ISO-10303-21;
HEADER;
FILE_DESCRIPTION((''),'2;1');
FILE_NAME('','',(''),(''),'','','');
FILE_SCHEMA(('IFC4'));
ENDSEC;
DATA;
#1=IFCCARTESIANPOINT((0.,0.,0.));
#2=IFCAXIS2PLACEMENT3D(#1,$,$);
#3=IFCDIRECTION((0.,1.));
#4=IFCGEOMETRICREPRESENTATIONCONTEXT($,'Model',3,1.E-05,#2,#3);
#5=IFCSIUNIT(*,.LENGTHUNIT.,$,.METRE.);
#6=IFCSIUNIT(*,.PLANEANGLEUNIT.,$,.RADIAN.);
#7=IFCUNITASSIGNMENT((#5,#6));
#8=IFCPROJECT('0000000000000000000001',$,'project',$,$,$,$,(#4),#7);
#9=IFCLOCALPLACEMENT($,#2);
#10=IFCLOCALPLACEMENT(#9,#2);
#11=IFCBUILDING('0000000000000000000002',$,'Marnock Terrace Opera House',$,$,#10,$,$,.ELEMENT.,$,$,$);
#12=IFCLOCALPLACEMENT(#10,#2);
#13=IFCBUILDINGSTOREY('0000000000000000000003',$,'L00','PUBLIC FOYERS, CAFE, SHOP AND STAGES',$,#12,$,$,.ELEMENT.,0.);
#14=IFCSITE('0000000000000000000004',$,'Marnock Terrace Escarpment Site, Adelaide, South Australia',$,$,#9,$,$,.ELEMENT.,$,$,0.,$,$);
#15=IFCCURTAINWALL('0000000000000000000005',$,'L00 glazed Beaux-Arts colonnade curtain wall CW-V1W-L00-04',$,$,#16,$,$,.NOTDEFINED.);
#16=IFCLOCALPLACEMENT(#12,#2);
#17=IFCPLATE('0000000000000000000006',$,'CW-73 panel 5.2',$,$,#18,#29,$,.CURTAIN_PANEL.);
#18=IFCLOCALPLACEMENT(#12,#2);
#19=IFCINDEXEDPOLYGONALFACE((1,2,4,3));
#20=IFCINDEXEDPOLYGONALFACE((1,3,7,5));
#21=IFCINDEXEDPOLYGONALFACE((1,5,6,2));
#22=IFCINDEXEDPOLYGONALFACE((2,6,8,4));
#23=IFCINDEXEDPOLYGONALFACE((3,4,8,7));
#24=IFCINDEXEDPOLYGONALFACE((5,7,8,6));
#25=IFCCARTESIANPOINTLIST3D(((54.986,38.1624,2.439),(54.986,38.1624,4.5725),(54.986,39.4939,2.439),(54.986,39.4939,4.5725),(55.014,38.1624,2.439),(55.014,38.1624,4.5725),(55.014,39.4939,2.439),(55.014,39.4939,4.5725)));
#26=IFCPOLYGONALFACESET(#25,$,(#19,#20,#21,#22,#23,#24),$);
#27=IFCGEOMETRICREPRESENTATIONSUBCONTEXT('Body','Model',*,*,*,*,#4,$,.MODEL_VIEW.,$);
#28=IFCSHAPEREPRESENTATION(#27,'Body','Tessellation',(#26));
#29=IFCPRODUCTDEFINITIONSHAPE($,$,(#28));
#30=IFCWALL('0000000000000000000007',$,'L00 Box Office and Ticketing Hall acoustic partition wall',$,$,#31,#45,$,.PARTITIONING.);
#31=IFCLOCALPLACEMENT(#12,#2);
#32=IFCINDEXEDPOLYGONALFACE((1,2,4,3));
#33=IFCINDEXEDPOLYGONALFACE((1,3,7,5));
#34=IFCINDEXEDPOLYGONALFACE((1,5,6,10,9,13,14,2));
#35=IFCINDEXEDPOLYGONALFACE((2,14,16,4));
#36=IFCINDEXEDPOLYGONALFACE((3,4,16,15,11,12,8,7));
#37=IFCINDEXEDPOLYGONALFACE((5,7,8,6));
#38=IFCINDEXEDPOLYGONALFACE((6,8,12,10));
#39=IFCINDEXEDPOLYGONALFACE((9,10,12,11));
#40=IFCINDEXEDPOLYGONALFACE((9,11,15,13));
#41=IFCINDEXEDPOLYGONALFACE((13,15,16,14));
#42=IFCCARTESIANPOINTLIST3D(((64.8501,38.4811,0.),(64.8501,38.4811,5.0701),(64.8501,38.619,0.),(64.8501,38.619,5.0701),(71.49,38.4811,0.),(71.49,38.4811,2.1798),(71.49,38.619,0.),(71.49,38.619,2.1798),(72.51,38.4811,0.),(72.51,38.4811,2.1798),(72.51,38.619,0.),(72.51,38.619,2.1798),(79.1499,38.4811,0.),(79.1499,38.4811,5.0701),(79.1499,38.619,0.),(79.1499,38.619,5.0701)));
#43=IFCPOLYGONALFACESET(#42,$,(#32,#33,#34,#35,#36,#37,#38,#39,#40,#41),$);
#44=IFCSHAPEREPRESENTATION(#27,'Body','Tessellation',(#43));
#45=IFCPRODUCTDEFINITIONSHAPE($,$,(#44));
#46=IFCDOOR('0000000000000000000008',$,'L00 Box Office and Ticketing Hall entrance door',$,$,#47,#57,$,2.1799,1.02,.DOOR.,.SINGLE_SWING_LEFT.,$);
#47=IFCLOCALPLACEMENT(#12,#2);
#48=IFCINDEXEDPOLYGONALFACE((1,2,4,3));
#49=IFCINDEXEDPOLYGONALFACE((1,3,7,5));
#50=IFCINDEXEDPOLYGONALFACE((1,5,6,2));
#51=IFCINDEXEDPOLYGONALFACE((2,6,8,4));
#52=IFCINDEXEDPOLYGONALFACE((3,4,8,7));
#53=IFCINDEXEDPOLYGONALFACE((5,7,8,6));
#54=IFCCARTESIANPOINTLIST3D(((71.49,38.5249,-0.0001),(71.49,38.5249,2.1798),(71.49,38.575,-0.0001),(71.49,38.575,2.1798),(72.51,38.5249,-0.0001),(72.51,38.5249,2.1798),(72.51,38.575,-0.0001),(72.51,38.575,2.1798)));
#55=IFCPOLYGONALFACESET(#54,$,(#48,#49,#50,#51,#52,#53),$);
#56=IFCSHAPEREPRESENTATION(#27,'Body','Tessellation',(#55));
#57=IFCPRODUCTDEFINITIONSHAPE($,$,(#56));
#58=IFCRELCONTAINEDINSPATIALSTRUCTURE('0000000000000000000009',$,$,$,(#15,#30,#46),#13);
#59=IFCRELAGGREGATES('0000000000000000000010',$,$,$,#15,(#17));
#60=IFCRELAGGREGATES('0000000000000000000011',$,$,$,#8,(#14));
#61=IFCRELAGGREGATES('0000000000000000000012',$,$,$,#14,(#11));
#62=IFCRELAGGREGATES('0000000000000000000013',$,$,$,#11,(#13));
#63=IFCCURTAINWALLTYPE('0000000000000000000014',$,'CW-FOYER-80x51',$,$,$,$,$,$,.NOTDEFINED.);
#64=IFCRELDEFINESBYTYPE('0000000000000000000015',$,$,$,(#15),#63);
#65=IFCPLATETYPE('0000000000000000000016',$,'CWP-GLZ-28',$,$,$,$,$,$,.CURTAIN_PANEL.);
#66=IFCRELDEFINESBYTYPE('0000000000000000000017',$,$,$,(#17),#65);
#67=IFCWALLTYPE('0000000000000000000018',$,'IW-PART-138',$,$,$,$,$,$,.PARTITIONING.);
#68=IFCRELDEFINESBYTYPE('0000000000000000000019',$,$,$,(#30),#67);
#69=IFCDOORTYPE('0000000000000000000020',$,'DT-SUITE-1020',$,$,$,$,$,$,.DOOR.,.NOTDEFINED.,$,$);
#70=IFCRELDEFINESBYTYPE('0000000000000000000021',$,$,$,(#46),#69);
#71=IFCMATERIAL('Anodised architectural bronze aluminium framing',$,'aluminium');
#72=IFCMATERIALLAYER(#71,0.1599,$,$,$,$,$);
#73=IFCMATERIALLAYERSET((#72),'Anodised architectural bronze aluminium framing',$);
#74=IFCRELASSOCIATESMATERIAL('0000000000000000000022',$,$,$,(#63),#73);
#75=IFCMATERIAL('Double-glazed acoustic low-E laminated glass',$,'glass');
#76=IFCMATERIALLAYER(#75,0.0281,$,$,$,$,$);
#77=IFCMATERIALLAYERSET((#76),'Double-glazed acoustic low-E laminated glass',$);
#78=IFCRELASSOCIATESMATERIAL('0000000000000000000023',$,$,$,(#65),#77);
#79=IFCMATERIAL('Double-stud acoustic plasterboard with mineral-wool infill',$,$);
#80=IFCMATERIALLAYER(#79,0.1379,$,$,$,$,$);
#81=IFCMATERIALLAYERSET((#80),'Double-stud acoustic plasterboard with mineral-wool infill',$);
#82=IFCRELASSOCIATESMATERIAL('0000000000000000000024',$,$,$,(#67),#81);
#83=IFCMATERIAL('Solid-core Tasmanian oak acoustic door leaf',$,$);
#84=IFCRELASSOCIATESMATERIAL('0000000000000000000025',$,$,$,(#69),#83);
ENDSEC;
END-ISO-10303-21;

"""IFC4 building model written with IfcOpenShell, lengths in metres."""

from ifc_helpers import new_model, si_unit, direction, frame, frame_2d, origin, origin_2d, place, context, subcontext, project, spatial, rectangle, extrude, material, layer, layer_set, type_object, element, fill, aggregate, save


model = new_model("IFC4")

# Units and contexts
model_context = context("Model", 3, precision=1e-05, world=origin(), true_north=direction((0.0, 1.0)))
body_context = subcontext(model_context, "Body", "Model", "MODEL_VIEW")
ifc_project = project(units=[si_unit("LENGTHUNIT", "METRE"), si_unit("PLANEANGLEUNIT", "RADIAN")], contexts=[model_context])

# Site, building, storey
site_placement = place(None, origin())
site = spatial("IfcSite", under=ifc_project, at=site_placement, Name="Marnock Terrace Escarpment Site, Adelaide, South Australia", CompositionType="ELEMENT", RefElevation=0.0)
building_placement = place(site_placement, origin())
building = spatial("IfcBuilding", under=site, at=building_placement, Name="Marnock Terrace Opera House", CompositionType="ELEMENT")
storey_placement = place(building_placement, origin())
storey = spatial("IfcBuildingStorey", under=building, at=storey_placement, Name="L00", Description="PUBLIC FOYERS, CAFE, SHOP AND STAGES", CompositionType="ELEMENT", Elevation=0.0)

# Curtain wall, plate
ifc_material_1 = material(Name="Anodised architectural bronze aluminium framing", Category="aluminium")
ifc_layer_1 = layer(ifc_material_1, 0.1599)
ifc_layer_set_1 = layer_set([ifc_layer_1], Name="Anodised architectural bronze aluminium framing")
curtain_wall_type = type_object("IfcCurtainWallType", Name="CW-FOYER-80x51", PredefinedType="NOTDEFINED", material=ifc_layer_set_1)
curtain_wall_placement = place(storey_placement, origin())
curtain_wall = element("IfcCurtainWall", 1, at=curtain_wall_placement, inside=storey, type_object=curtain_wall_type, Name="L00 glazed Beaux-Arts colonnade curtain wall CW-V1W-L00-04", PredefinedType="NOTDEFINED")
ifc_material_2 = material(Name="Double-glazed acoustic low-E laminated glass", Category="glass")
ifc_layer_2 = layer(ifc_material_2, 0.0281)
ifc_layer_set_2 = layer_set([ifc_layer_2], Name="Double-glazed acoustic low-E laminated glass")
plate_type = type_object("IfcPlateType", Name="CWP-GLZ-28", PredefinedType="CURTAIN_PANEL", material=ifc_layer_set_2)
plate_1_placement = place(storey_placement, frame((55.0, 38.8281, 2.439), z_axis=(0.0, 0.0, 1.0), x_axis=(0.0, 1.0, 0.0)))
plate_1 = element("IfcPlate", 2, at=plate_1_placement, type_object=plate_type, Name="CW-73 panel 5.2", PredefinedType="CURTAIN_PANEL", context=body_context, shape_type="SweptSolid", body=[
    extrude(rectangle(XDim=1.3315, YDim=0.0281, at=origin_2d()), origin(), (0.0, 0.0, 1.0), 2.1335),
])
aggregate(curtain_wall, [plate_1])

# Wall, opening, door
ifc_material_3 = material(Name="Double-stud acoustic plasterboard with mineral-wool infill")
ifc_layer_3 = layer(ifc_material_3, 0.1379)
ifc_layer_set_3 = layer_set([ifc_layer_3], Name="Double-stud acoustic plasterboard with mineral-wool infill")
wall_type = type_object("IfcWallType", Name="IW-PART-138", PredefinedType="PARTITIONING", material=ifc_layer_set_3)
wall_placement = place(storey_placement, frame((64.8501, 38.55, 0.0), z_axis=(0.0, 0.0, 1.0), x_axis=(1.0, 0.0, 0.0)))
wall = element("IfcWall", 3, at=wall_placement, inside=storey, type_object=wall_type, Name="L00 Box Office and Ticketing Hall acoustic partition wall", PredefinedType="PARTITIONING", context=body_context, shape_type="SweptSolid", body=[
    extrude(rectangle(XDim=14.2998, YDim=0.1379, at=frame_2d((7.1499, 0.0))), origin(), (0.0, 0.0, 1.0), 5.0701),
])
opening_placement = place(wall_placement, frame((6.6399, 0.0, 0.0)))
opening = element("IfcOpeningElement", 4, at=opening_placement, cuts=wall, PredefinedType="OPENING", context=body_context, shape_type="SweptSolid", body=[
    extrude(rectangle(XDim=1.02, YDim=2.1799, at=frame_2d((0.51, 1.0898))), frame((0.0, 0.0789, 0.0), z_axis=(0.0, -1.0, 0.0), x_axis=(1.0, 0.0, 0.0)), (0.0, 0.0, 1.0), 0.158),
])
ifc_material_4 = material(Name="Solid-core Tasmanian oak acoustic door leaf")
door_type = type_object("IfcDoorType", Name="DT-SUITE-1020", OperationType="NOTDEFINED", PredefinedType="DOOR", material=ifc_material_4)
door_placement = place(opening_placement, origin())
door = element("IfcDoor", 5, at=door_placement, inside=storey, type_object=door_type, Name="L00 Box Office and Ticketing Hall entrance door", OperationType="SINGLE_SWING_LEFT", OverallHeight=2.1799, OverallWidth=1.02, PredefinedType="DOOR", context=body_context, shape_type="SweptSolid", body=[
    extrude(rectangle(XDim=1.02, YDim=2.1799, at=frame_2d((0.51, 1.0898))), frame((0.0, 0.0249, 0.0), z_axis=(0.0, -1.0, 0.0), x_axis=(1.0, 0.0, 0.0)), (0.0, 0.0, 1.0), 0.05),
])
fill(opening, door)

save(model, "model.ifc")
